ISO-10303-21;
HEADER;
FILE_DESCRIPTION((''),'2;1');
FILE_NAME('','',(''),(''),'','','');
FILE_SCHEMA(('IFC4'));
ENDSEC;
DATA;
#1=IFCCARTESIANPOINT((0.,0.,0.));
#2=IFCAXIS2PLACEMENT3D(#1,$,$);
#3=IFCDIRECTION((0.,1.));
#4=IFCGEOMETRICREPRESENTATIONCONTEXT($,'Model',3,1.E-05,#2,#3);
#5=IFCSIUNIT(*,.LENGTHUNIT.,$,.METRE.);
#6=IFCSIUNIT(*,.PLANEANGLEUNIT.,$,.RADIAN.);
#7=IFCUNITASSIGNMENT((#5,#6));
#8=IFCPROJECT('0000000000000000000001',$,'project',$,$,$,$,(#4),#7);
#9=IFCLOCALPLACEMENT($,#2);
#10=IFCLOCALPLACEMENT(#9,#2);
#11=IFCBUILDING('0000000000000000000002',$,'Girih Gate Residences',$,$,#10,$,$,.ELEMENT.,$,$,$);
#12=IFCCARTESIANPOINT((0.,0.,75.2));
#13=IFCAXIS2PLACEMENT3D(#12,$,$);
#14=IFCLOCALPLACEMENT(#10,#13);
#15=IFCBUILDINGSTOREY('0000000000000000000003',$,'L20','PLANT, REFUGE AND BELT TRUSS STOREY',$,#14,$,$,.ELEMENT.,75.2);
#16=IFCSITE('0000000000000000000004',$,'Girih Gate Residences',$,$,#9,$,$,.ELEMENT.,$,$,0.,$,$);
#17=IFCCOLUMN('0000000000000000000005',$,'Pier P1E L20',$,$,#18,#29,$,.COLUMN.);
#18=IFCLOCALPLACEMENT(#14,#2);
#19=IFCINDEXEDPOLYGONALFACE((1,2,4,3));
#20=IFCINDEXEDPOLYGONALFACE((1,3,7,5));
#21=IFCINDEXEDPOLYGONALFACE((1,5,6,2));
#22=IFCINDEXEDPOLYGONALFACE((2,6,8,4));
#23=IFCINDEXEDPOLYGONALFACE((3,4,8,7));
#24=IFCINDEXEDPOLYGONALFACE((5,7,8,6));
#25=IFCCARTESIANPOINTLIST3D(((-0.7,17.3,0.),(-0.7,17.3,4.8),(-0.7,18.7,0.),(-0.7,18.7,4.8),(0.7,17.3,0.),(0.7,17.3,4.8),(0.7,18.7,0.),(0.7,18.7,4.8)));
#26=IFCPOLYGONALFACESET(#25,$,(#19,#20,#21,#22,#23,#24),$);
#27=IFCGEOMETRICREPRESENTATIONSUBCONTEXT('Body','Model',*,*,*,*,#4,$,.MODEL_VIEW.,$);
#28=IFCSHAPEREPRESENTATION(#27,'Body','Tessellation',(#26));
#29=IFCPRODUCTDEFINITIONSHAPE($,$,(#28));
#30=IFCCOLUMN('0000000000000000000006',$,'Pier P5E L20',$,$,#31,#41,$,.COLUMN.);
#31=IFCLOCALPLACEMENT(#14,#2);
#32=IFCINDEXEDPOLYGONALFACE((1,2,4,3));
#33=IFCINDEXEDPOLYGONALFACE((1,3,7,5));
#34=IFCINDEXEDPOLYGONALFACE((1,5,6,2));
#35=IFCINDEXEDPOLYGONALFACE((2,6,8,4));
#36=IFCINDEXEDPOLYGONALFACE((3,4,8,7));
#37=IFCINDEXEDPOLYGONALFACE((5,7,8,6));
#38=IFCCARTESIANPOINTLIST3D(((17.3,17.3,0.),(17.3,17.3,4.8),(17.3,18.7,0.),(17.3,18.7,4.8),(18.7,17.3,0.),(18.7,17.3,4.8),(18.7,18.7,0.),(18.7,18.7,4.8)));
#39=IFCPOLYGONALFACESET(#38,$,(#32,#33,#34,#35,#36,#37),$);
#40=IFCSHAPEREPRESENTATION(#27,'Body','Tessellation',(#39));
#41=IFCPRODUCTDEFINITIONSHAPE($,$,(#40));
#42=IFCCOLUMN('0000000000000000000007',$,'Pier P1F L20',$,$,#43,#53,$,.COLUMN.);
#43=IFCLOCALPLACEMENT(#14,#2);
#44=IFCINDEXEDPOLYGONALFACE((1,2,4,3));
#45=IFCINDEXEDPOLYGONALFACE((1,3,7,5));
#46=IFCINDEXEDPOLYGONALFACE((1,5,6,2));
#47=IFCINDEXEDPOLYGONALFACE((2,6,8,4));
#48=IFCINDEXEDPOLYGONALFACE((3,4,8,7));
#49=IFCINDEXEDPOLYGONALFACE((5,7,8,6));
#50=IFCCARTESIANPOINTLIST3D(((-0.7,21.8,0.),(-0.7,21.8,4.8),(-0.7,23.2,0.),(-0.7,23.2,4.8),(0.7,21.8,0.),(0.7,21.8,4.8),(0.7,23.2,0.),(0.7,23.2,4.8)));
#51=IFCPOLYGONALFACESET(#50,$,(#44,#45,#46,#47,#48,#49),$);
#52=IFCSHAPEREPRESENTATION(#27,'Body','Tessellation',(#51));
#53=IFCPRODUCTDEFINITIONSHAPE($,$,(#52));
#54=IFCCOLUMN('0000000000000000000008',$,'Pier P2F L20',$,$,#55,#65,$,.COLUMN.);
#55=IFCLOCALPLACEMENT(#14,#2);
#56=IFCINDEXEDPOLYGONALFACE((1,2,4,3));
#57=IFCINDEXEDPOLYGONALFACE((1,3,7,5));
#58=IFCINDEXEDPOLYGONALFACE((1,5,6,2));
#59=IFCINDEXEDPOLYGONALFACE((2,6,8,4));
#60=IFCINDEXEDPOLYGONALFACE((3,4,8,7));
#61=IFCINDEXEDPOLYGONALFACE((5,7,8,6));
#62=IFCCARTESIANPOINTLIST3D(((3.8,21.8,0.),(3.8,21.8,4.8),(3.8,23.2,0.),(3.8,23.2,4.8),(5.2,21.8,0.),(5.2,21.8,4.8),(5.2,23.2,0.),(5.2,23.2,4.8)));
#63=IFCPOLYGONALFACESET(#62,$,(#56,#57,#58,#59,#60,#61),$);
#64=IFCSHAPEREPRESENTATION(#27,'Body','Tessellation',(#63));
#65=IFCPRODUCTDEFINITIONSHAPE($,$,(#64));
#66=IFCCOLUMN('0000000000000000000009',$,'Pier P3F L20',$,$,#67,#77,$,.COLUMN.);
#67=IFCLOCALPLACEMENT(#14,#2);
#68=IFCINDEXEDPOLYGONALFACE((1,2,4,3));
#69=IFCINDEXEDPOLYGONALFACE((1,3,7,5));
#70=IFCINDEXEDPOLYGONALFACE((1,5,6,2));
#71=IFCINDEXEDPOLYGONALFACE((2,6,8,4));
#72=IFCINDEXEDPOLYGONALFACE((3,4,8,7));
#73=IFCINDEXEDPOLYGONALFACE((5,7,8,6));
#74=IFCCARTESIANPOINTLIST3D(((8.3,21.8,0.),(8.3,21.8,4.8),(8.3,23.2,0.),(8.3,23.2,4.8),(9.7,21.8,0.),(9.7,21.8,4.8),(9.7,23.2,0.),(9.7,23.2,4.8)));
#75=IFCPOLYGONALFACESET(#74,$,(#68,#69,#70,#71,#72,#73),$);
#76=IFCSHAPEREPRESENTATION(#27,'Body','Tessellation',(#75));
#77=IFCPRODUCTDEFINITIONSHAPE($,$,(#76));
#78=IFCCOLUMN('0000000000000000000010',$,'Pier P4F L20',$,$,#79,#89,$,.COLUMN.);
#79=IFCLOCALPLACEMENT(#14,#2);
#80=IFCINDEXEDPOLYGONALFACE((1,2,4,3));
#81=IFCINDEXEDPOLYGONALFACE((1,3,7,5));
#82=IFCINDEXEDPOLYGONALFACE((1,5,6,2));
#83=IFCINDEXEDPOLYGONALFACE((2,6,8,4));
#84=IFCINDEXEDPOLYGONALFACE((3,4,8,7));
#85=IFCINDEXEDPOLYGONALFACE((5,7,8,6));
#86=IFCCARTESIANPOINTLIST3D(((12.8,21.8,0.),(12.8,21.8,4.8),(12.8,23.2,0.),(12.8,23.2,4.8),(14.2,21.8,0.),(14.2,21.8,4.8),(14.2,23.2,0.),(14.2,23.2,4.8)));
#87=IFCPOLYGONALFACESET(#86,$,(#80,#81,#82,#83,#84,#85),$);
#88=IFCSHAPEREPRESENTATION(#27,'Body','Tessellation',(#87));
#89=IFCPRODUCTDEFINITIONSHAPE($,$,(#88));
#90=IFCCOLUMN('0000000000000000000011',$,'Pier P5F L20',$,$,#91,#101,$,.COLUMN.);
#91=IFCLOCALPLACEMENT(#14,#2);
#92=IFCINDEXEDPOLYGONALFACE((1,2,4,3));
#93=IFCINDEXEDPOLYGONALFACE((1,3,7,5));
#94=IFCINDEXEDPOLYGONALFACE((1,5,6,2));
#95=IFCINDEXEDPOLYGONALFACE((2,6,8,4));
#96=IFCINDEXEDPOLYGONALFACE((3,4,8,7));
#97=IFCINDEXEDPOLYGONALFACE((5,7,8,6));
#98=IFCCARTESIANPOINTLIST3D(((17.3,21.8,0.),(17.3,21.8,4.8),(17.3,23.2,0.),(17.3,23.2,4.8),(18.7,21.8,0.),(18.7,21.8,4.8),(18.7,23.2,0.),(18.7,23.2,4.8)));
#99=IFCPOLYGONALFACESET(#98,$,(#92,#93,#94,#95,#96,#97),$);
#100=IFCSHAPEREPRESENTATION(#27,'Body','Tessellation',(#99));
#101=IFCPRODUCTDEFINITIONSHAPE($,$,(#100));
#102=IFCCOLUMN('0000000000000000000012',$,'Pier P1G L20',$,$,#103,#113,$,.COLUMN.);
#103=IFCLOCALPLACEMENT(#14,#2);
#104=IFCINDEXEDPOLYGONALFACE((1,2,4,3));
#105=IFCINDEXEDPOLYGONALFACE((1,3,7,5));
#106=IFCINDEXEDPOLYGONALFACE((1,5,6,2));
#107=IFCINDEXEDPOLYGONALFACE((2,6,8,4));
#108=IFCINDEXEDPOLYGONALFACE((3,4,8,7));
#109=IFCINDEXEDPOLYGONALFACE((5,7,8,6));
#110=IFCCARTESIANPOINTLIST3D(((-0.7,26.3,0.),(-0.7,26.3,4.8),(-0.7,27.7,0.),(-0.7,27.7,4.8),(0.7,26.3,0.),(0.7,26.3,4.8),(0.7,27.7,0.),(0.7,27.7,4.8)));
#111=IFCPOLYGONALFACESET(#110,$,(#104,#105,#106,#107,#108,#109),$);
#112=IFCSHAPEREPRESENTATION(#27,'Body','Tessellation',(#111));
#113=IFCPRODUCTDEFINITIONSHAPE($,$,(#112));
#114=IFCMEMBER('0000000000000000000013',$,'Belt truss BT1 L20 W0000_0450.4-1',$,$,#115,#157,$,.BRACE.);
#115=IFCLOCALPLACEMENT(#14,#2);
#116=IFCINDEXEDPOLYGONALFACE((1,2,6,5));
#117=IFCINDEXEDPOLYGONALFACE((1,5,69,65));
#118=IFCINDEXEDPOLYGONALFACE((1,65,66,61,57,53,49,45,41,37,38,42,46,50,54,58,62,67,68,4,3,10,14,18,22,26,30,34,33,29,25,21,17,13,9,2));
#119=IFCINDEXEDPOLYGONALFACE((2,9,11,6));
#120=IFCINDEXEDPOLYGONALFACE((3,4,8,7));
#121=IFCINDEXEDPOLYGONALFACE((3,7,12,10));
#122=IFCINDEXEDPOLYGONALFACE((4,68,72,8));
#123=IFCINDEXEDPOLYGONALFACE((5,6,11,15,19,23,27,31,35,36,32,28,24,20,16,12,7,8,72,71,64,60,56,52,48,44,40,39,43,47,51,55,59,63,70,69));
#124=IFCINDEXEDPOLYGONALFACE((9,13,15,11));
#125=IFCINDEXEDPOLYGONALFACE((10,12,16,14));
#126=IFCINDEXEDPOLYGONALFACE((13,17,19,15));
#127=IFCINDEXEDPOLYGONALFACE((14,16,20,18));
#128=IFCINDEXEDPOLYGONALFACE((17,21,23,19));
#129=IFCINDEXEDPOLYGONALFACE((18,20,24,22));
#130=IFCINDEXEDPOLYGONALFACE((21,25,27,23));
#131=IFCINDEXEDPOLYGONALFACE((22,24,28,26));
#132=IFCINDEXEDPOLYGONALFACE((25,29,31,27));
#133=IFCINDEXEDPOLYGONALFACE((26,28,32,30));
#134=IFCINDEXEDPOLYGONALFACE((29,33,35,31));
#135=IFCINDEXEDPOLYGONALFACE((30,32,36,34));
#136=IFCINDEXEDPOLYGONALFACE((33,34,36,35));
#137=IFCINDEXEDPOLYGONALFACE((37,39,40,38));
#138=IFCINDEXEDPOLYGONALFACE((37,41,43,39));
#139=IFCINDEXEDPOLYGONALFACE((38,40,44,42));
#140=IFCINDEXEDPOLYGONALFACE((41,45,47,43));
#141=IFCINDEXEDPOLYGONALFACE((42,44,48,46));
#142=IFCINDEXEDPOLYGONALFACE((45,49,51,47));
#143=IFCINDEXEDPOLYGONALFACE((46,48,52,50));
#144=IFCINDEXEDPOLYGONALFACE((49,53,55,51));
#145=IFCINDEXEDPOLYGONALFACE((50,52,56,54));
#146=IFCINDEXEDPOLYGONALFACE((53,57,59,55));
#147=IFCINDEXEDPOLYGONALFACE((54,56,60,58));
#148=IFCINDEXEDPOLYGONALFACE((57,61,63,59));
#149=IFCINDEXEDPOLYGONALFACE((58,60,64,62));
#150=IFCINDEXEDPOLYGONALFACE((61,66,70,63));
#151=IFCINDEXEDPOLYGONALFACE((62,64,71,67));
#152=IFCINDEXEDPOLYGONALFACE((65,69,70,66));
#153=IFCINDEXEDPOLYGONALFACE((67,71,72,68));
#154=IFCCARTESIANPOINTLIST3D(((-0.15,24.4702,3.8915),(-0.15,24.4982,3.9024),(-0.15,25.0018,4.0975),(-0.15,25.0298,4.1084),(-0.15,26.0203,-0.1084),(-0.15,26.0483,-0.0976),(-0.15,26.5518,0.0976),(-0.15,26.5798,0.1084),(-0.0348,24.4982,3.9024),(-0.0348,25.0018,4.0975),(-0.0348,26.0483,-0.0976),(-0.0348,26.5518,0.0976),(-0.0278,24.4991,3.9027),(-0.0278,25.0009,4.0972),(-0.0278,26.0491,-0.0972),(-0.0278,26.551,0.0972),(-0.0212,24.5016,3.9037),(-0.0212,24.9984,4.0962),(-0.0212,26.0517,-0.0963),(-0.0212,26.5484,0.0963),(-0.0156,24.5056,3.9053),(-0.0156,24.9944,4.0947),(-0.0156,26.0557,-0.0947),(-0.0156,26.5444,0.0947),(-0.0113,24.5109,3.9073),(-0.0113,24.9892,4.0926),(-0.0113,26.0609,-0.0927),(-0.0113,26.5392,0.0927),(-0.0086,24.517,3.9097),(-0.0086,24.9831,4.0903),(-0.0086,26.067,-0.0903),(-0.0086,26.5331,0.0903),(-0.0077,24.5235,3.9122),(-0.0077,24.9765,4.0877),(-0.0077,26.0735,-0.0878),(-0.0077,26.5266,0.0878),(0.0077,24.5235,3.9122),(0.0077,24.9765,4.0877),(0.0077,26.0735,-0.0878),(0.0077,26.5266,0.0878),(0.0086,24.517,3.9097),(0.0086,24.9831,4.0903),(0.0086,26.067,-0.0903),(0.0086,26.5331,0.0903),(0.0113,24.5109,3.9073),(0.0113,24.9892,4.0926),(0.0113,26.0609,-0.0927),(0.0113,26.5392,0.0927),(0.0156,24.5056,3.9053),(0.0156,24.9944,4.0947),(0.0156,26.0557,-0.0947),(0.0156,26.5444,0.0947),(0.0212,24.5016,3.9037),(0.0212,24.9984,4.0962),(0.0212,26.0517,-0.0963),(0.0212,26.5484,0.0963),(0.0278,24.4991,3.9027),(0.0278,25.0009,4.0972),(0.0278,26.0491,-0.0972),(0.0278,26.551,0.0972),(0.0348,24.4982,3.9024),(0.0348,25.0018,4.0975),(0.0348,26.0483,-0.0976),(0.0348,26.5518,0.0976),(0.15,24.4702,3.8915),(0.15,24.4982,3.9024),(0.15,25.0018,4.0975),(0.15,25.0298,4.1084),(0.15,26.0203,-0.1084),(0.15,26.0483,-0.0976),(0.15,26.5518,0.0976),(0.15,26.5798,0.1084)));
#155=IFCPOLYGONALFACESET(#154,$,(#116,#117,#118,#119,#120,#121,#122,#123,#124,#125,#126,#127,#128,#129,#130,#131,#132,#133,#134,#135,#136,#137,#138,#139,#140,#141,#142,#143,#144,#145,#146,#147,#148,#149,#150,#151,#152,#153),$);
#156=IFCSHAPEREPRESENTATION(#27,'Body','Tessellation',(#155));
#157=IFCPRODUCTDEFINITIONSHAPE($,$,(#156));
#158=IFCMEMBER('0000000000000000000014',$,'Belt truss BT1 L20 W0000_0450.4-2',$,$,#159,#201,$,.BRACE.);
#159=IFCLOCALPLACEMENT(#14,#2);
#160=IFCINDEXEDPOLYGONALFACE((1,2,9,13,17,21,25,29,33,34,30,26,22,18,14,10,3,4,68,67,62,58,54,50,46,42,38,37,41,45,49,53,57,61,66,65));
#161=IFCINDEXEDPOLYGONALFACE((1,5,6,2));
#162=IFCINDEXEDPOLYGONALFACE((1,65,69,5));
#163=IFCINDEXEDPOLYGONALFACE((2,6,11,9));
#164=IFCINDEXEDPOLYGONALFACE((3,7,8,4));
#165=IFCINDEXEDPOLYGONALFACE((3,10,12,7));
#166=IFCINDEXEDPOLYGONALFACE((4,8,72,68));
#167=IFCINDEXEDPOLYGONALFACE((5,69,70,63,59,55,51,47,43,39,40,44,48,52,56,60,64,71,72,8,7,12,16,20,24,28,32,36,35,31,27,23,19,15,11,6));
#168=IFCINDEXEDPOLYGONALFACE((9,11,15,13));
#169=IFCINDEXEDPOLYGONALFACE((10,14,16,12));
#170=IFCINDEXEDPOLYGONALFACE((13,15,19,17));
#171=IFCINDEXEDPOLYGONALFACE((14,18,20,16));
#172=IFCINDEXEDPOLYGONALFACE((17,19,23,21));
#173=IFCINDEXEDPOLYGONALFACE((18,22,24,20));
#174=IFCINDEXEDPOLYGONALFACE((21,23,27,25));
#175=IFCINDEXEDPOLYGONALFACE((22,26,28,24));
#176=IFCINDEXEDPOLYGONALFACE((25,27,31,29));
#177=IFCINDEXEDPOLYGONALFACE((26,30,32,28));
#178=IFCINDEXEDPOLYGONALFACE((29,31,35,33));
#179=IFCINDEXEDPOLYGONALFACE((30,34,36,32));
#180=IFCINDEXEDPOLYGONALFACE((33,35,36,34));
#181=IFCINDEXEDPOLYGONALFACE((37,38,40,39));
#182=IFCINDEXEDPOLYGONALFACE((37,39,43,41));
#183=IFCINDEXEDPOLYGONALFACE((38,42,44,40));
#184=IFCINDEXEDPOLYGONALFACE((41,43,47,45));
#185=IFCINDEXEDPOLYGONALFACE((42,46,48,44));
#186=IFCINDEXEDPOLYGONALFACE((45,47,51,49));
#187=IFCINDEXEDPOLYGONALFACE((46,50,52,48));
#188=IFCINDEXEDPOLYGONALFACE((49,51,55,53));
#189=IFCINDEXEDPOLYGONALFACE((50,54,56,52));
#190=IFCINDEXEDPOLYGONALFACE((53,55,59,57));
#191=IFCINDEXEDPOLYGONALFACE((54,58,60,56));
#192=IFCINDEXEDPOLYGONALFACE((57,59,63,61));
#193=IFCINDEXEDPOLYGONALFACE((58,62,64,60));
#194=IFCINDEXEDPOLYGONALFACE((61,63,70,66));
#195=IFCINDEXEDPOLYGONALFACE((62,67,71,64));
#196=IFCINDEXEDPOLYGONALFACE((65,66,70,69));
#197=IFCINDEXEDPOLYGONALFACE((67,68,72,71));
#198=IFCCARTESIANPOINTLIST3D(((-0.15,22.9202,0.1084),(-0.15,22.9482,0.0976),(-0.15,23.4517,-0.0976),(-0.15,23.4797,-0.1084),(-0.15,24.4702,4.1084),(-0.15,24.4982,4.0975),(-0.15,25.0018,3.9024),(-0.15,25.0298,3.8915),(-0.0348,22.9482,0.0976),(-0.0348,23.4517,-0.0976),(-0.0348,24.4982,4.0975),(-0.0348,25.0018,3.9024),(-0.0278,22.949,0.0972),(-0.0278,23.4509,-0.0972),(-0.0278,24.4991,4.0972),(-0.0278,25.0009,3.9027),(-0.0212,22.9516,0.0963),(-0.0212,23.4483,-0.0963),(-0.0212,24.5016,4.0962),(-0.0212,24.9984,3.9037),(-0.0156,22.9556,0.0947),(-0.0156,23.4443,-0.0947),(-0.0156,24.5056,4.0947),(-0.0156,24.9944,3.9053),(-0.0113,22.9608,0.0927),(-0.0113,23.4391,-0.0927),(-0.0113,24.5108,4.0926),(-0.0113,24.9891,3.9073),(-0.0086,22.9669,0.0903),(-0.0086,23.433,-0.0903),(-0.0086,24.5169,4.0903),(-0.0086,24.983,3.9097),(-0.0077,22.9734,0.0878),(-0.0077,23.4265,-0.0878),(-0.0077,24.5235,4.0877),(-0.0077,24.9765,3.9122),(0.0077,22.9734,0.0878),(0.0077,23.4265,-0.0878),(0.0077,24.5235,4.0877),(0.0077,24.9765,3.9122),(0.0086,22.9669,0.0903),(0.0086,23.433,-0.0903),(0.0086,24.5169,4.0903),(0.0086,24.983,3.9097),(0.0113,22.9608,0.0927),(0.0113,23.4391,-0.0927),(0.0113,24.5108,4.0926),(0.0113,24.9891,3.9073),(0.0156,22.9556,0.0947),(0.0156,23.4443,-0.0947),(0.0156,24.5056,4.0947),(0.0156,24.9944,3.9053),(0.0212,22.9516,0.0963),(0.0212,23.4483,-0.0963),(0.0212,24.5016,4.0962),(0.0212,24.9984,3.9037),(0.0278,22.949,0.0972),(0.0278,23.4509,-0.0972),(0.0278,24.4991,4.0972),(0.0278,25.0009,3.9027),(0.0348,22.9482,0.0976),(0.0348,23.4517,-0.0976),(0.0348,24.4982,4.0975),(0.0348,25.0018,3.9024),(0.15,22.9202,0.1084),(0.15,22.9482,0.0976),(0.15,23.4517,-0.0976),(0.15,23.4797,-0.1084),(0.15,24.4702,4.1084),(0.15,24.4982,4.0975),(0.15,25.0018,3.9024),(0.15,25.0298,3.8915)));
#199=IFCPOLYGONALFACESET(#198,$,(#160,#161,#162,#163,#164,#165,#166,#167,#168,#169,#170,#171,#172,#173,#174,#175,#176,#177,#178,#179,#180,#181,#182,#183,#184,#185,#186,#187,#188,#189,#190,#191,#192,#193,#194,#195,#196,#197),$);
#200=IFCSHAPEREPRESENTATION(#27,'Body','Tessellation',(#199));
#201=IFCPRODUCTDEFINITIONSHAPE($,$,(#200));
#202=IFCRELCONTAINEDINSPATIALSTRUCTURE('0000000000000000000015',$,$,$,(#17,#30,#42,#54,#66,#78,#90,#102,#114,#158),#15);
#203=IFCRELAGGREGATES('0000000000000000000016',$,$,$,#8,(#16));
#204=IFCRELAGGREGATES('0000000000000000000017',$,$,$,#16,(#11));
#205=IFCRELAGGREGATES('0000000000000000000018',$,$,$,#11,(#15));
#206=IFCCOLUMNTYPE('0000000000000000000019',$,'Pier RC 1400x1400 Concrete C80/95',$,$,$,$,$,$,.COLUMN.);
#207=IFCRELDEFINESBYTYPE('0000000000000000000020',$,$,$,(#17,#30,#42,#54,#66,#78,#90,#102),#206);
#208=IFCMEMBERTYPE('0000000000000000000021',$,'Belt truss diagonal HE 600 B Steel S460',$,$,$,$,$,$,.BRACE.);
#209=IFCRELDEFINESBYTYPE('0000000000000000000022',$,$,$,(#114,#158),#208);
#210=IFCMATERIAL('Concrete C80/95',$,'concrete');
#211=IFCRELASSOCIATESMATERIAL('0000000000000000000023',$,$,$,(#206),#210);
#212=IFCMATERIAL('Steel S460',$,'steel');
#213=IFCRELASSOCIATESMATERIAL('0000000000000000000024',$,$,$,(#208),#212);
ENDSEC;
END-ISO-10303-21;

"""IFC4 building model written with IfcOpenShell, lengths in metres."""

from ifc_helpers import new_model, si_unit, direction, frame, origin, origin_2d, place, context, subcontext, project, spatial, rectangle, i_section, extrude, material, material_profile, profile_set, type_object, element, save


model = new_model("IFC4")

# Units and contexts
model_context = context("Model", 3, precision=1e-05, world=origin(), true_north=direction((0.0, 1.0)))
body_context = subcontext(model_context, "Body", "Model", "MODEL_VIEW")
ifc_project = project(units=[si_unit("LENGTHUNIT", "METRE"), si_unit("PLANEANGLEUNIT", "RADIAN")], contexts=[model_context])

# Site, building, storey
site_placement = place(None, origin())
site = spatial("IfcSite", under=ifc_project, at=site_placement, Name="Girih Gate Residences", CompositionType="ELEMENT", RefElevation=0.0)
building_placement = place(site_placement, origin())
building = spatial("IfcBuilding", under=site, at=building_placement, Name="Girih Gate Residences", CompositionType="ELEMENT")
storey_placement = place(building_placement, frame((0.0, 0.0, 75.2)))
storey = spatial("IfcBuildingStorey", under=building, at=storey_placement, Name="L20", Description="PLANT, REFUGE AND BELT TRUSS STOREY", CompositionType="ELEMENT", Elevation=75.2)

# Columns
ifc_material_1 = material(Name="Concrete C80/95", Category="concrete")
ifc_material_profile_1 = material_profile(ifc_material_1, rectangle(XDim=1.3999, YDim=1.3999, at=origin_2d()))
ifc_profile_set_1 = profile_set([ifc_material_profile_1], Name="Concrete C80/95")
column_type = type_object("IfcColumnType", Name="Pier RC 1400x1400 Concrete C80/95", PredefinedType="COLUMN", material=ifc_profile_set_1)
for number, where, z_axis, x_axis, name in (
    (1, (0.0, 18.0, 0.0), (0.0, 0.0, 1.0), (1.0, 0.0, 0.0), "Pier P1E L20"),
    (2, (18.0, 18.0, 0.0), (0.0, 0.0, 1.0), (1.0, 0.0, 0.0), "Pier P5E L20"),
    (3, (0.0, 22.5, 0.0), (0.0, 0.0, 1.0), (1.0, 0.0, 0.0), "Pier P1F L20"),
    (4, (4.5, 22.5, 0.0), (0.0, 0.0, 1.0), (1.0, 0.0, 0.0), "Pier P2F L20"),
    (5, (9.0, 22.5, 0.0), (0.0, 0.0, 1.0), (1.0, 0.0, 0.0), "Pier P3F L20"),
    (6, (13.5, 22.5, 0.0), (0.0, 0.0, 1.0), (1.0, 0.0, 0.0), "Pier P4F L20"),
    (7, (18.0, 22.5, 0.0), (0.0, 0.0, 1.0), (1.0, 0.0, 0.0), "Pier P5F L20"),
    (8, (0.0, 27.0, 0.0), (0.0, 0.0, 1.0), (1.0, 0.0, 0.0), "Pier P1G L20"),
):
    element("IfcColumn", number, at=place(storey_placement, frame(where, z_axis=z_axis, x_axis=x_axis)), inside=storey, type_object=column_type, Name=name, PredefinedType="COLUMN", context=body_context, shape_type="SweptSolid", body=[
        extrude(rectangle(XDim=1.3999, YDim=1.3999, at=origin_2d()), origin(), (0.0, 0.0, 1.0), 4.8),
    ])

# Members
ifc_material_2 = material(Name="Steel S460", Category="steel")
ifc_material_profile_2 = material_profile(ifc_material_2, i_section(OverallWidth=0.3, OverallDepth=0.6001, WebThickness=0.0154, FlangeThickness=0.03, FilletRadius=0.0271, at=origin_2d()))
ifc_profile_set_2 = profile_set([ifc_material_profile_2], Name="Steel S460")
member_type = type_object("IfcMemberType", Name="Belt truss diagonal HE 600 B Steel S460", PredefinedType="BRACE", material=ifc_profile_set_2)
for number, where, z_axis, x_axis, name in (
    (9, (0.0, 26.3, 0.0), (0.0, -0.361331, 0.932438), (1.0, 0.0, 0.0), "Belt truss BT1 L20 W0000_0450.4-1"),
    (10, (0.0, 23.2, 0.0), (0.0, 0.361331, 0.932438), (-1.0, 0.0, 0.0), "Belt truss BT1 L20 W0000_0450.4-2"),
):
    element("IfcMember", number, at=place(storey_placement, frame(where, z_axis=z_axis, x_axis=x_axis)), inside=storey, type_object=member_type, Name=name, PredefinedType="BRACE", context=body_context, shape_type="SweptSolid", body=[
        extrude(i_section(OverallWidth=0.3, OverallDepth=0.6001, WebThickness=0.0154, FlangeThickness=0.03, FilletRadius=0.0271, at=origin_2d()), origin(), (0.0, 0.0, 1.0), 4.2898),
    ])

save(model, "model.ifc")
